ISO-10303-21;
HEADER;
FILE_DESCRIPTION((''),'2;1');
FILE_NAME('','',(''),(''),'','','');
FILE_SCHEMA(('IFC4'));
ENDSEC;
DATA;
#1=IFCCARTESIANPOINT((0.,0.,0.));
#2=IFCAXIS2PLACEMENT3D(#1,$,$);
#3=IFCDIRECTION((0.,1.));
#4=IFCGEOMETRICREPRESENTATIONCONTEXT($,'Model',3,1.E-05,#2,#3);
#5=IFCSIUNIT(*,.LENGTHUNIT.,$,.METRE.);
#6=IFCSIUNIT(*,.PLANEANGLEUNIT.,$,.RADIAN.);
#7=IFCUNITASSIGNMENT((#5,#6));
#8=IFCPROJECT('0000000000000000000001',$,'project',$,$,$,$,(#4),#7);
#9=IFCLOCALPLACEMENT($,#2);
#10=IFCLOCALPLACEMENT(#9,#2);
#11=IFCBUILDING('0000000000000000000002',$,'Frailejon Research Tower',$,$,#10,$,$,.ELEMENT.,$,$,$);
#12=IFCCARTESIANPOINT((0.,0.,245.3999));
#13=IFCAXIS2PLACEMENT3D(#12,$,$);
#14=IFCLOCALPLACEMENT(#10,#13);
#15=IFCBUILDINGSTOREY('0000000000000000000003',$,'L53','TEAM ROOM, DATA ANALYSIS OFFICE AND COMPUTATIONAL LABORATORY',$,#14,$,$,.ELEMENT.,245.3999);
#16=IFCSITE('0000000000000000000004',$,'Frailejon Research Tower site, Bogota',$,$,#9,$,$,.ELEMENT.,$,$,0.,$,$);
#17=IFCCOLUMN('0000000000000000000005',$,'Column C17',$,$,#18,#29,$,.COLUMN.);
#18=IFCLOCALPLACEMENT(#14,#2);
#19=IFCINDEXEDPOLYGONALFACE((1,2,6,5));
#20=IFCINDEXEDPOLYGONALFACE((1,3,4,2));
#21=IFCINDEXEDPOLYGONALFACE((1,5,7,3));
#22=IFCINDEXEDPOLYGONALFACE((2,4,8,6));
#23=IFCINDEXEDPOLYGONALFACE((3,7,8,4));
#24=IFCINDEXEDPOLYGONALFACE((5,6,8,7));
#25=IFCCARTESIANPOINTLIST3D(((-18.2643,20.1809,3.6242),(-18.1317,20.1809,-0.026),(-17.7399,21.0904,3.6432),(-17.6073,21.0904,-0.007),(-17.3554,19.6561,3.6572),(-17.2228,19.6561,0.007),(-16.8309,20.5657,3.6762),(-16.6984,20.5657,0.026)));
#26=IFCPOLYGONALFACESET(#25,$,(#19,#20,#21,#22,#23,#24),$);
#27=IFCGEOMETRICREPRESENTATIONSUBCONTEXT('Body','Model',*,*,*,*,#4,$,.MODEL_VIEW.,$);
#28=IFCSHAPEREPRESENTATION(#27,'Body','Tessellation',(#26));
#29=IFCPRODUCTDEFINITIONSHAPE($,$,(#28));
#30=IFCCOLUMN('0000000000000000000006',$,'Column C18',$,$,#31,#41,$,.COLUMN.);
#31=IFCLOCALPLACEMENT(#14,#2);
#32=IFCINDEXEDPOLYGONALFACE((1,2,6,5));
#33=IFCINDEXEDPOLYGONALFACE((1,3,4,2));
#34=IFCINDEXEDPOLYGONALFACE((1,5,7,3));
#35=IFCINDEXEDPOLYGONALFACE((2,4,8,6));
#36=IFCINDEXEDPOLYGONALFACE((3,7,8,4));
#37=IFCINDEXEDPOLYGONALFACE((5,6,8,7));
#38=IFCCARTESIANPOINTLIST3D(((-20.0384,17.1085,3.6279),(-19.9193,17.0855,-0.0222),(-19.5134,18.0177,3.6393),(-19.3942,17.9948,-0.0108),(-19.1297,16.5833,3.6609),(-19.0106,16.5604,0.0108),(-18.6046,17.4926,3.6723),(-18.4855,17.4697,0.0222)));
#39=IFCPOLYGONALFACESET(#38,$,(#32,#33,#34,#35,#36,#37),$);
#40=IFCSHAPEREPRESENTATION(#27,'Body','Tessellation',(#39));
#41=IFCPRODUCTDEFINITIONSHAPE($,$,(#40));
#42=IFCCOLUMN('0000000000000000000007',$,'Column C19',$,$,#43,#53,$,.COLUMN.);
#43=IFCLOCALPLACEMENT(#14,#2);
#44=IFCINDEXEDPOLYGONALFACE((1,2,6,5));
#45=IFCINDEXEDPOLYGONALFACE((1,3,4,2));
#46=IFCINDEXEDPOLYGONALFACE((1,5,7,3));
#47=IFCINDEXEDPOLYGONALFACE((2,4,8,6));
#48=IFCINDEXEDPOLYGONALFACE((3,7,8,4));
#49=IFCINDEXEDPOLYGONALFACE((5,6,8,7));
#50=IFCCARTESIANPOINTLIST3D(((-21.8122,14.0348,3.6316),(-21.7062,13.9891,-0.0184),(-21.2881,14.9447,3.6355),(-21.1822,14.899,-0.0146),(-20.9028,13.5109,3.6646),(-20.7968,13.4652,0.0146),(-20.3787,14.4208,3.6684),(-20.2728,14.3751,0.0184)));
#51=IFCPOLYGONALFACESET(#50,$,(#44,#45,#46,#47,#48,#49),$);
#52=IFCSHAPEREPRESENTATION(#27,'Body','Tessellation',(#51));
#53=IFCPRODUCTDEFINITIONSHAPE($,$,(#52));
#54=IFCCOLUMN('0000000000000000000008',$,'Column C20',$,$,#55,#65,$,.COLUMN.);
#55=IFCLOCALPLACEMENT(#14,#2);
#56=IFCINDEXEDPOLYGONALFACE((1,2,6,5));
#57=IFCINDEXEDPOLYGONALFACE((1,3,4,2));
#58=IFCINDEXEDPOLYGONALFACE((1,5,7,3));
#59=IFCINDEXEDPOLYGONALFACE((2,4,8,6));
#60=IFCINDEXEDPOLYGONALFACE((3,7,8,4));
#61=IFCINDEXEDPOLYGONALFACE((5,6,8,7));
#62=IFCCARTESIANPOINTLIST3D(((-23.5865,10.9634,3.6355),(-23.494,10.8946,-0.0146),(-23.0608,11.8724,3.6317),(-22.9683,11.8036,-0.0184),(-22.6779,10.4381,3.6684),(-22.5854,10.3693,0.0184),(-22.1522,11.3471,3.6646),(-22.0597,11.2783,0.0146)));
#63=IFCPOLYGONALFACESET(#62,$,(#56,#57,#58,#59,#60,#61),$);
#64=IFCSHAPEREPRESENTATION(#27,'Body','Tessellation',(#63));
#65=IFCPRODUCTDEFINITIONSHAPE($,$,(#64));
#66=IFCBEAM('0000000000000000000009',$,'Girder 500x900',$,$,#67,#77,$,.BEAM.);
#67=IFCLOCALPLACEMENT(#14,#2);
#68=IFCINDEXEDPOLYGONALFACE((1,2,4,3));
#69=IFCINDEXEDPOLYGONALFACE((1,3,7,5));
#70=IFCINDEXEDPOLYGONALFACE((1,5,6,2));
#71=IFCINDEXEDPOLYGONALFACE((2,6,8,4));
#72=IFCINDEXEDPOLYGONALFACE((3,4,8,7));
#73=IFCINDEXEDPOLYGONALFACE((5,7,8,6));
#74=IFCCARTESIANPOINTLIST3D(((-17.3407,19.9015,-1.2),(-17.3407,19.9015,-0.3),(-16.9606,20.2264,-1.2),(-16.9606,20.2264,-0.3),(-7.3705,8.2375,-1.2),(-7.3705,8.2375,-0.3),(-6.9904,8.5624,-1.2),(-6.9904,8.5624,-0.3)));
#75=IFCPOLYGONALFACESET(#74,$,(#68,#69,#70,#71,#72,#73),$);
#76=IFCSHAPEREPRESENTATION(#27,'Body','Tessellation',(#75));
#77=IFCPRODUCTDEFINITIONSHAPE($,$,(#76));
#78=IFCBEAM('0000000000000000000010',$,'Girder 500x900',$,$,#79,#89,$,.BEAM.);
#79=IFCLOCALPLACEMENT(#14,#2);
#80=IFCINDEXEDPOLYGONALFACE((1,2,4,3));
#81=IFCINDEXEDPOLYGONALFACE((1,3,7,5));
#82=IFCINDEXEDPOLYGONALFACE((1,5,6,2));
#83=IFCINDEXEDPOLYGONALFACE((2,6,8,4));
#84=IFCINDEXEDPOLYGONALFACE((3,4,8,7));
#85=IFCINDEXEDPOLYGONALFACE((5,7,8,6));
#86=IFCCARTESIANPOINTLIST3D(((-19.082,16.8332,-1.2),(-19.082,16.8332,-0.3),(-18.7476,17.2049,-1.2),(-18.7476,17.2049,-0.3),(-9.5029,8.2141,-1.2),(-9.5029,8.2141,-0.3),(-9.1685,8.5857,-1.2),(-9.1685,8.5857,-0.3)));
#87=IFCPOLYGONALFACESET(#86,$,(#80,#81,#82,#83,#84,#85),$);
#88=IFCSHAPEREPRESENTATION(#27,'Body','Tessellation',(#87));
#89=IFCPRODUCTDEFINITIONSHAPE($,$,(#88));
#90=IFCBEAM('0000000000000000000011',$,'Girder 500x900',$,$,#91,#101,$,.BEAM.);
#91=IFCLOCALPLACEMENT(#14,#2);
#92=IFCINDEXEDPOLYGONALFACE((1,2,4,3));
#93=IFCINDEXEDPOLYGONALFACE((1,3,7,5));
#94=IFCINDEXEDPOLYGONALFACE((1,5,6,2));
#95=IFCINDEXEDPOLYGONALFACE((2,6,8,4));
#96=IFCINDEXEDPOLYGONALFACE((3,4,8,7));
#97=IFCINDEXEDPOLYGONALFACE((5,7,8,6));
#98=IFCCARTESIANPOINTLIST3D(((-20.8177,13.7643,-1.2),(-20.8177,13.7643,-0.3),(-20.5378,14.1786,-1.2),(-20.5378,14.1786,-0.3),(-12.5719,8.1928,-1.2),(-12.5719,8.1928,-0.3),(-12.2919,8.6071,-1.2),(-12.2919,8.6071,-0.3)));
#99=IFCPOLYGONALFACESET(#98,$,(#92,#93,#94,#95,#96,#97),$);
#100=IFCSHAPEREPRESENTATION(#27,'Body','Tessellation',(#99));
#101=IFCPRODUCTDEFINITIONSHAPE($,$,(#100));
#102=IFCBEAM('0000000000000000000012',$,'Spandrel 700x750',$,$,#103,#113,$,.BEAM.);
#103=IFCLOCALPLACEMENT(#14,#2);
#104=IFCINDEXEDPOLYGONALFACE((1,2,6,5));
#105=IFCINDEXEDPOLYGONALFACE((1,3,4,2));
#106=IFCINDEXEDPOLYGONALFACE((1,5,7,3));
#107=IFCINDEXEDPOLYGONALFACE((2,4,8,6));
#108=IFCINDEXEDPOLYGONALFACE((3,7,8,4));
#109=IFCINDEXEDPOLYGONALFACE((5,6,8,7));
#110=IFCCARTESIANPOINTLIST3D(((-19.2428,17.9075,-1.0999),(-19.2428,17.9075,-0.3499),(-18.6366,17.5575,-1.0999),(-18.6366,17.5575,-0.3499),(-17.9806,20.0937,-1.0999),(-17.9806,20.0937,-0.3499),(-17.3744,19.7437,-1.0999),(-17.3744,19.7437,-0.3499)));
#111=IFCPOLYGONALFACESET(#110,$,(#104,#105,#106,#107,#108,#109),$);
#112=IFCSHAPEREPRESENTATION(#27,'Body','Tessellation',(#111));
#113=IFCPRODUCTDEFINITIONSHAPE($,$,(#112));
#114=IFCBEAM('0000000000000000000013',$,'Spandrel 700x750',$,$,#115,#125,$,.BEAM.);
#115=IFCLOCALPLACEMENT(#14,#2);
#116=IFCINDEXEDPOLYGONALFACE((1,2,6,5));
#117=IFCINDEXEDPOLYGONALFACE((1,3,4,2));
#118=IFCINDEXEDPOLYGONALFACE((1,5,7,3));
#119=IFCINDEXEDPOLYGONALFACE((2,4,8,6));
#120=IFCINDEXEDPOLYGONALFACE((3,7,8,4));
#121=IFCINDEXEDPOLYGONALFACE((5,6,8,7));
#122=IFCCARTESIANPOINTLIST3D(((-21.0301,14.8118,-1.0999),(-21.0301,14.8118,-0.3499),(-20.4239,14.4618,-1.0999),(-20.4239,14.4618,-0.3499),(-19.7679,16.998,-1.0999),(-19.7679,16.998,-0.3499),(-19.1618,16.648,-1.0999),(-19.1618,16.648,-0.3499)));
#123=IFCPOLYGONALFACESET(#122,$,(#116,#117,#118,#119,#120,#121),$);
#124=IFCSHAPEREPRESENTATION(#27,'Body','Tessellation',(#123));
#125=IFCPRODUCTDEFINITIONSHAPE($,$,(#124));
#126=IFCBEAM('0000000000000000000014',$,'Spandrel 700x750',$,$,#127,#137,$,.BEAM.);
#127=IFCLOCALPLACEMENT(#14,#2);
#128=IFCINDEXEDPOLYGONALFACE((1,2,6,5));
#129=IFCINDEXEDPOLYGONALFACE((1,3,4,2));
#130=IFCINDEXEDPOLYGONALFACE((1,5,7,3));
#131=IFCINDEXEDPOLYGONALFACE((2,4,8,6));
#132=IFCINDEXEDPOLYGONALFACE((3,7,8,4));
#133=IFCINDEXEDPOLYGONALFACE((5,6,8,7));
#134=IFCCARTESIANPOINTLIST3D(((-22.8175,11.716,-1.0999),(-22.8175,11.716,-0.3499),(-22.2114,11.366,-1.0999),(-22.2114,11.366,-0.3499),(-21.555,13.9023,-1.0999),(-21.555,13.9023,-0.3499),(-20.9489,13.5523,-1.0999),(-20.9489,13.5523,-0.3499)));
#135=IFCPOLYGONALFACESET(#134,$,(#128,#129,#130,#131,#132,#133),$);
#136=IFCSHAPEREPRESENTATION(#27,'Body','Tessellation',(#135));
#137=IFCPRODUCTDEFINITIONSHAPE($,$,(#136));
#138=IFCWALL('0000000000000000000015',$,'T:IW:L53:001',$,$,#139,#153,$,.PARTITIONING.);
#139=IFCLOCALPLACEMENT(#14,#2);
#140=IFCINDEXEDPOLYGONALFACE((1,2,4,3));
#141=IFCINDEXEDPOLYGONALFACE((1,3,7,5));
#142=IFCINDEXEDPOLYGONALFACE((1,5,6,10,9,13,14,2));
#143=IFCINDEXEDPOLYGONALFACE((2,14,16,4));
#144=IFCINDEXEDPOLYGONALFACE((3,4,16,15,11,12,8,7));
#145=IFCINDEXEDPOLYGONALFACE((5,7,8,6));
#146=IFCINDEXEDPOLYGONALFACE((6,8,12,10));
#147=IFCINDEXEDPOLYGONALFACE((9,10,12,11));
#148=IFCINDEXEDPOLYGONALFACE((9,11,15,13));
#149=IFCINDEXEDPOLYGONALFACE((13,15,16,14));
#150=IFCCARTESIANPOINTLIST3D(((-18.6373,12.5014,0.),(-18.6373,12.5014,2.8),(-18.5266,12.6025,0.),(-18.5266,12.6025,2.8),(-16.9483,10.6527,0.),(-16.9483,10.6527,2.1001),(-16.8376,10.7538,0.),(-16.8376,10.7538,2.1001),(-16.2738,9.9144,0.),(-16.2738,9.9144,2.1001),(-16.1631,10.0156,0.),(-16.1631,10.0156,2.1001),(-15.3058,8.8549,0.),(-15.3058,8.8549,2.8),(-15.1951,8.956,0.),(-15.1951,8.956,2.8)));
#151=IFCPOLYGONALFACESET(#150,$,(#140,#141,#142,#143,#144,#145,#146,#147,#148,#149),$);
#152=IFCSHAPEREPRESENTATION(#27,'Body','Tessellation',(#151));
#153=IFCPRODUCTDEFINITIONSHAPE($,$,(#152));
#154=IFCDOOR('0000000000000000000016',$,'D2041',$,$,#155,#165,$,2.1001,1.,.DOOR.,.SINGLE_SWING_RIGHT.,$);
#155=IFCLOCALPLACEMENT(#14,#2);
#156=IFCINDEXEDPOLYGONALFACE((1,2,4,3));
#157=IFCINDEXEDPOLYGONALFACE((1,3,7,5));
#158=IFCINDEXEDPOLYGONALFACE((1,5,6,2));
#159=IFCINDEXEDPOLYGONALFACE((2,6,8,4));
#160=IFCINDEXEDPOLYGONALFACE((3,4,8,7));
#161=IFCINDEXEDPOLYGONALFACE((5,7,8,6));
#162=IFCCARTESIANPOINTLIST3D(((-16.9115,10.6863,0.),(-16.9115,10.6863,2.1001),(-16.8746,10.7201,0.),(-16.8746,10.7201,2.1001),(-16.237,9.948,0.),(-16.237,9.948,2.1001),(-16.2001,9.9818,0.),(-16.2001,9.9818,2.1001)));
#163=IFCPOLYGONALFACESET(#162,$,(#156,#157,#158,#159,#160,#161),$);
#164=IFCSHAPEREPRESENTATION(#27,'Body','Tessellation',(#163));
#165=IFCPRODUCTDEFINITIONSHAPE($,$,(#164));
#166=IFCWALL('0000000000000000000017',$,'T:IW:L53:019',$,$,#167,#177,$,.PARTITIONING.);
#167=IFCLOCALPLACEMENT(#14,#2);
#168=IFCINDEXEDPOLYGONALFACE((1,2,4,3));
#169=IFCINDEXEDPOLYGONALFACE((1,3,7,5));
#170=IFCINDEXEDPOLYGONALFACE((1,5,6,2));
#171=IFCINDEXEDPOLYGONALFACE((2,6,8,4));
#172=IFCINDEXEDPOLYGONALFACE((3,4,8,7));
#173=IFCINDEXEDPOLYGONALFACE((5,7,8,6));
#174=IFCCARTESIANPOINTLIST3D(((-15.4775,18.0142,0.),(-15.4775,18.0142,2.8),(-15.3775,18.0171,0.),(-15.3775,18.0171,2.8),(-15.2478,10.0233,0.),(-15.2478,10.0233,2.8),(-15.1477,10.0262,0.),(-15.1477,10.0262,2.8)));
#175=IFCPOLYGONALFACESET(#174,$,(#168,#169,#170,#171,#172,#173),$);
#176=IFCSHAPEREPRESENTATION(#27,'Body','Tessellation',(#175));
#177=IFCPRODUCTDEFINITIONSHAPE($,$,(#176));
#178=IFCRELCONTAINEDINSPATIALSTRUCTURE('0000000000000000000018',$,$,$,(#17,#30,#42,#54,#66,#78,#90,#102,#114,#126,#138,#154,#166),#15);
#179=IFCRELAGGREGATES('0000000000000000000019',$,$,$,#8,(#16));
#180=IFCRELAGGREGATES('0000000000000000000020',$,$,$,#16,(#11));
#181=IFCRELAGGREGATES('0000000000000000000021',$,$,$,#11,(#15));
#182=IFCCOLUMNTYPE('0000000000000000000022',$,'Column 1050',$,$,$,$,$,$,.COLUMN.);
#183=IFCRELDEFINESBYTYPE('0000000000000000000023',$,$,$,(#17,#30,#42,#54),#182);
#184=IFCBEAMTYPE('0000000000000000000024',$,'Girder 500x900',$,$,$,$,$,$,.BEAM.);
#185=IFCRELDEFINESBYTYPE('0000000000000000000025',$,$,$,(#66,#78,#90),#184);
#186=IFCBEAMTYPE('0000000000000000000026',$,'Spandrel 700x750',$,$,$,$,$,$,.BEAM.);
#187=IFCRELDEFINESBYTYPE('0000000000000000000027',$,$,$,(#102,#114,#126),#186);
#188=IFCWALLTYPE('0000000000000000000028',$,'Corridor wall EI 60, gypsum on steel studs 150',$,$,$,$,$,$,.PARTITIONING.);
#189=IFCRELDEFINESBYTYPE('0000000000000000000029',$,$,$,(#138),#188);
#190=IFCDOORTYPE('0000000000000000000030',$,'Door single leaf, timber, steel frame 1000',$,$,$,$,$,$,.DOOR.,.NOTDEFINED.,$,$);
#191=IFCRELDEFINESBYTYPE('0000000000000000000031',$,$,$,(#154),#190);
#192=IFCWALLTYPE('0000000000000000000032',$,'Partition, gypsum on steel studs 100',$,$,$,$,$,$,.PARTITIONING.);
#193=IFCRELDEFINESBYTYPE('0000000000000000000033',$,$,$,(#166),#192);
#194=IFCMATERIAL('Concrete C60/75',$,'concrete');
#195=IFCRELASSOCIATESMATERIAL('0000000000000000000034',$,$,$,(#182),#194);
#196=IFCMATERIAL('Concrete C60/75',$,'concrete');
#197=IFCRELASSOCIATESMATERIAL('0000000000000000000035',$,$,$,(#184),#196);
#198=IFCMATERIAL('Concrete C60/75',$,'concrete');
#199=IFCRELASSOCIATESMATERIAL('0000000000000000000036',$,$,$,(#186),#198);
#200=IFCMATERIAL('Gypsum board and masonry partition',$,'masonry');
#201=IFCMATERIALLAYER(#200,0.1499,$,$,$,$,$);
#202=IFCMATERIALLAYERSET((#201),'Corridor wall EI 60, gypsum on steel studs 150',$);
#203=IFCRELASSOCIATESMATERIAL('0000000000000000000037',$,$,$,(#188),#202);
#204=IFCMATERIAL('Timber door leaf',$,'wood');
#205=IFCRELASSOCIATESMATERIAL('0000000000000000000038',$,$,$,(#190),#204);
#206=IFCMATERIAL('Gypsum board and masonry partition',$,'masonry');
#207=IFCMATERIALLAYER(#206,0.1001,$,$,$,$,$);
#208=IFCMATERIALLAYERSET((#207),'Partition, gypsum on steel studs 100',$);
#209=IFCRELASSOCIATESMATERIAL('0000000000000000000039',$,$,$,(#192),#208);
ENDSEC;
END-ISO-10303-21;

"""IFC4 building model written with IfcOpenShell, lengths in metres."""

from ifc_helpers import new_model, si_unit, direction, frame, frame_2d, origin, origin_2d, place, context, subcontext, project, spatial, rectangle, extrude, material, layer, layer_set, material_profile, profile_set, type_object, element, fill, save


model = new_model("IFC4")

# Units and contexts
model_context = context("Model", 3, precision=1e-05, world=origin(), true_north=direction((0.0, 1.0)))
body_context = subcontext(model_context, "Body", "Model", "MODEL_VIEW")
ifc_project = project(units=[si_unit("LENGTHUNIT", "METRE"), si_unit("PLANEANGLEUNIT", "RADIAN")], contexts=[model_context])

# Site, building, storey
site_placement = place(None, origin())
site = spatial("IfcSite", under=ifc_project, at=site_placement, Name="Frailejon Research Tower site, Bogota", CompositionType="ELEMENT", RefElevation=0.0)
building_placement = place(site_placement, origin())
building = spatial("IfcBuilding", under=site, at=building_placement, Name="Frailejon Research Tower", CompositionType="ELEMENT")
storey_placement = place(building_placement, frame((0.0, 0.0, 245.3999)))
storey = spatial("IfcBuildingStorey", under=building, at=storey_placement, Name="L53", Description="TEAM ROOM, DATA ANALYSIS OFFICE AND COMPUTATIONAL LABORATORY", CompositionType="ELEMENT", Elevation=245.3999)

# Columns
ifc_material_1 = material(Name="Concrete C60/75", Category="concrete")
ifc_material_profile_1 = material_profile(ifc_material_1, rectangle(XDim=1.05, YDim=1.05, at=origin_2d()), Name="Column 1050")
ifc_profile_set_1 = profile_set([ifc_material_profile_1], Name="Concrete C60/75")
column_type = type_object("IfcColumnType", Name="Column 1050", PredefinedType="COLUMN", material=ifc_profile_set_1)
column_1_placement = place(storey_placement, frame((-17.415, 20.3733, 0.0), z_axis=(-0.036295, 0.0, 0.999341), x_axis=(-0.499424, -0.866168, -0.018138)))
element("IfcColumn", 1, at=column_1_placement, inside=storey, type_object=column_type, Name="Column C17", PredefinedType="COLUMN", context=body_context, shape_type="SweptSolid", body=[
    extrude(rectangle(XDim=1.05, YDim=1.05, at=origin_2d()), origin(), (0.0, 0.0, 1.0), 3.6526),
])
column_2_placement = place(storey_placement, frame((-19.2024, 17.2776, 0.0), z_axis=(-0.032622, 0.006284, 0.999448), x_axis=(-0.500036, -0.865936, -0.010877)))
element("IfcColumn", 2, at=column_2_placement, inside=storey, type_object=column_type, Name="Column C18", PredefinedType="COLUMN", context=body_context, shape_type="SweptSolid", body=[
    extrude(rectangle(XDim=1.05, YDim=1.05, at=origin_2d()), origin(), (0.0, 0.0, 1.0), 3.6521),
])
for number, where, z_axis, x_axis, name in (
    (3, (-20.9895, 14.1821, 0.0), (-0.029014, 0.012501, 0.999501), (-0.499066, -0.866556, -0.003648), "Column C19"),
    (4, (-22.7769, 11.0864, 0.0), (-0.025337, 0.018852, 0.999501), (-0.500628, -0.865655, 0.003637), "Column C20"),
):
    element("IfcColumn", number, at=place(storey_placement, frame(where, z_axis=z_axis, x_axis=x_axis)), inside=storey, type_object=column_type, Name=name, PredefinedType="COLUMN", context=body_context, shape_type="SweptSolid", body=[
        extrude(rectangle(XDim=1.05, YDim=1.05, at=origin_2d()), origin(), (0.0, 0.0, 1.0), 3.6519),
    ])

# Beams
ifc_material_2 = material(Name="Concrete C60/75", Category="concrete")
ifc_material_profile_2 = material_profile(ifc_material_2, rectangle(XDim=0.5, YDim=0.8999, at=origin_2d()), Name="Girder 500x900")
ifc_profile_set_2 = profile_set([ifc_material_profile_2], Name="Concrete C60/75")
beam_type_1 = type_object("IfcBeamType", Name="Girder 500x900", PredefinedType="BEAM", material=ifc_profile_set_2)
beam_1_placement = place(storey_placement, frame((-17.1506, 20.064, -0.75), z_axis=(0.649756, -0.760143, 0.0), x_axis=(0.760143, 0.649756, 0.0)))
element("IfcBeam", 5, at=beam_1_placement, inside=storey, type_object=beam_type_1, Name="Girder 500x900", PredefinedType="BEAM", context=body_context, shape_type="SweptSolid", body=[
    extrude(rectangle(XDim=0.5, YDim=0.8999, at=origin_2d()), origin(), (0.0, 0.0, 1.0), 15.3445),
])
beam_2_placement = place(storey_placement, frame((-18.9148, 17.019, -0.75), z_axis=(0.743373, -0.668877, 0.0), x_axis=(0.668877, 0.743373, 0.0)))
element("IfcBeam", 6, at=beam_2_placement, inside=storey, type_object=beam_type_1, Name="Girder 500x900", PredefinedType="BEAM", context=body_context, shape_type="SweptSolid", body=[
    extrude(rectangle(XDim=0.5, YDim=0.8999, at=origin_2d()), origin(), (0.0, 0.0, 1.0), 12.886),
])
beam_3_placement = place(storey_placement, frame((-20.6777, 13.9714, -0.75), z_axis=(0.828588, -0.559858, 0.0), x_axis=(0.559858, 0.828588, 0.0)))
element("IfcBeam", 7, at=beam_3_placement, inside=storey, type_object=beam_type_1, Name="Girder 500x900", PredefinedType="BEAM", context=body_context, shape_type="SweptSolid", body=[
    extrude(rectangle(XDim=0.5, YDim=0.8999, at=origin_2d()), origin(), (0.0, 0.0, 1.0), 9.9517),
])
ifc_material_3 = material(Name="Concrete C60/75", Category="concrete")
ifc_material_profile_3 = material_profile(ifc_material_3, rectangle(XDim=0.7, YDim=0.75, at=origin_2d()), Name="Spandrel 700x750")
ifc_profile_set_3 = profile_set([ifc_material_profile_3], Name="Concrete C60/75")
beam_type_2 = type_object("IfcBeamType", Name="Spandrel 700x750", PredefinedType="BEAM", material=ifc_profile_set_3)
for number, where, z_axis, x_axis, name in (
    (8, (-17.6775, 19.9187, -0.7249), (-0.499988, -0.866033, 0.0), (0.866033, -0.499988, 0.0), "Spandrel 700x750"),
    (9, (-19.4648, 16.823, -0.7249), (-0.499988, -0.866033, 0.0), (0.866033, -0.499988, 0.0), "Spandrel 700x750"),
):
    element("IfcBeam", number, at=place(storey_placement, frame(where, z_axis=z_axis, x_axis=x_axis)), inside=storey, type_object=beam_type_2, Name=name, PredefinedType="BEAM", context=body_context, shape_type="SweptSolid", body=[
        extrude(rectangle(XDim=0.7, YDim=0.75, at=origin_2d()), origin(), (0.0, 0.0, 1.0), 2.5244),
    ])
beam_4_placement = place(storey_placement, frame((-21.252, 13.7273, -0.7249), z_axis=(-0.50006, -0.865991, 0.0), x_axis=(0.865991, -0.50006, 0.0)))
element("IfcBeam", 10, at=beam_4_placement, inside=storey, type_object=beam_type_2, Name="Spandrel 700x750", PredefinedType="BEAM", context=body_context, shape_type="SweptSolid", body=[
    extrude(rectangle(XDim=0.7, YDim=0.75, at=origin_2d()), origin(), (0.0, 0.0, 1.0), 2.5247),
])

# Wall, opening, door
ifc_material_4 = material(Name="Gypsum board and masonry partition", Category="masonry")
ifc_layer_1 = layer(ifc_material_4, 0.1499)
ifc_layer_set_1 = layer_set([ifc_layer_1], Name="Corridor wall EI 60, gypsum on steel studs 150")
wall_type_1 = type_object("IfcWallType", Name="Corridor wall EI 60, gypsum on steel studs 150", PredefinedType="PARTITIONING", material=ifc_layer_set_1)
wall_1_placement = place(storey_placement, frame((-18.582, 12.552, 0.0), z_axis=(0.0, 0.0, 1.0), x_axis=(0.674506, -0.738269, 0.0)))
wall_1 = element("IfcWall", 11, at=wall_1_placement, inside=storey, type_object=wall_type_1, Name="T:IW:L53:001", PredefinedType="PARTITIONING", context=body_context, shape_type="SweptSolid", body=[
    extrude(rectangle(XDim=4.9392, YDim=0.1499, at=frame_2d((2.4697, 0.0))), origin(), (0.0, 0.0, 1.0), 2.8),
])
opening_1_placement = place(wall_1_placement, frame((2.5042, 0.0, 0.0)))
opening_1 = element("IfcOpeningElement", 12, at=opening_1_placement, cuts=wall_1, PredefinedType="OPENING", context=body_context, shape_type="SweptSolid", body=[
    extrude(rectangle(XDim=1.0, YDim=2.1001, at=frame_2d((0.5, 1.05))), frame((0.0, 0.085, 0.0), z_axis=(0.0, -1.0, 0.0), x_axis=(1.0, 0.0, 0.0)), (0.0, 0.0, 1.0), 0.1699),
])
ifc_material_5 = material(Name="Timber door leaf", Category="wood")
door_type_1 = type_object("IfcDoorType", Name="Door single leaf, timber, steel frame 1000", OperationType="NOTDEFINED", PredefinedType="DOOR", material=ifc_material_5)
door_1_placement = place(opening_1_placement, origin())
door_1 = element("IfcDoor", 13, at=door_1_placement, inside=storey, type_object=door_type_1, Name="D2041", OperationType="SINGLE_SWING_RIGHT", OverallHeight=2.1001, OverallWidth=1.0, PredefinedType="DOOR", context=body_context, shape_type="SweptSolid", body=[
    extrude(rectangle(XDim=1.0, YDim=2.1001, at=frame_2d((0.5, 1.05))), frame((0.0, 0.0249, 0.0), z_axis=(0.0, -1.0, 0.0), x_axis=(1.0, 0.0, 0.0)), (0.0, 0.0, 1.0), 0.05),
])
fill(opening_1, door_1)

# Wall
ifc_material_6 = material(Name="Gypsum board and masonry partition", Category="masonry")
ifc_layer_2 = layer(ifc_material_6, 0.1001)
ifc_layer_set_2 = layer_set([ifc_layer_2], Name="Partition, gypsum on steel studs 100")
wall_type_2 = type_object("IfcWallType", Name="Partition, gypsum on steel studs 100", PredefinedType="PARTITIONING", material=ifc_layer_set_2)
wall_2_placement = place(storey_placement, frame((-15.4275, 18.0156, 0.0), z_axis=(0.0, 0.0, 1.0), x_axis=(0.028739, -0.999587, 0.0)))
element("IfcWall", 14, at=wall_2_placement, inside=storey, type_object=wall_type_2, Name="T:IW:L53:019", PredefinedType="PARTITIONING", context=body_context, shape_type="SweptSolid", body=[
    extrude(rectangle(XDim=7.9941, YDim=0.1001, at=frame_2d((3.9971, 0.0))), origin(), (0.0, 0.0, 1.0), 2.8),
])

save(model, "model.ifc")
